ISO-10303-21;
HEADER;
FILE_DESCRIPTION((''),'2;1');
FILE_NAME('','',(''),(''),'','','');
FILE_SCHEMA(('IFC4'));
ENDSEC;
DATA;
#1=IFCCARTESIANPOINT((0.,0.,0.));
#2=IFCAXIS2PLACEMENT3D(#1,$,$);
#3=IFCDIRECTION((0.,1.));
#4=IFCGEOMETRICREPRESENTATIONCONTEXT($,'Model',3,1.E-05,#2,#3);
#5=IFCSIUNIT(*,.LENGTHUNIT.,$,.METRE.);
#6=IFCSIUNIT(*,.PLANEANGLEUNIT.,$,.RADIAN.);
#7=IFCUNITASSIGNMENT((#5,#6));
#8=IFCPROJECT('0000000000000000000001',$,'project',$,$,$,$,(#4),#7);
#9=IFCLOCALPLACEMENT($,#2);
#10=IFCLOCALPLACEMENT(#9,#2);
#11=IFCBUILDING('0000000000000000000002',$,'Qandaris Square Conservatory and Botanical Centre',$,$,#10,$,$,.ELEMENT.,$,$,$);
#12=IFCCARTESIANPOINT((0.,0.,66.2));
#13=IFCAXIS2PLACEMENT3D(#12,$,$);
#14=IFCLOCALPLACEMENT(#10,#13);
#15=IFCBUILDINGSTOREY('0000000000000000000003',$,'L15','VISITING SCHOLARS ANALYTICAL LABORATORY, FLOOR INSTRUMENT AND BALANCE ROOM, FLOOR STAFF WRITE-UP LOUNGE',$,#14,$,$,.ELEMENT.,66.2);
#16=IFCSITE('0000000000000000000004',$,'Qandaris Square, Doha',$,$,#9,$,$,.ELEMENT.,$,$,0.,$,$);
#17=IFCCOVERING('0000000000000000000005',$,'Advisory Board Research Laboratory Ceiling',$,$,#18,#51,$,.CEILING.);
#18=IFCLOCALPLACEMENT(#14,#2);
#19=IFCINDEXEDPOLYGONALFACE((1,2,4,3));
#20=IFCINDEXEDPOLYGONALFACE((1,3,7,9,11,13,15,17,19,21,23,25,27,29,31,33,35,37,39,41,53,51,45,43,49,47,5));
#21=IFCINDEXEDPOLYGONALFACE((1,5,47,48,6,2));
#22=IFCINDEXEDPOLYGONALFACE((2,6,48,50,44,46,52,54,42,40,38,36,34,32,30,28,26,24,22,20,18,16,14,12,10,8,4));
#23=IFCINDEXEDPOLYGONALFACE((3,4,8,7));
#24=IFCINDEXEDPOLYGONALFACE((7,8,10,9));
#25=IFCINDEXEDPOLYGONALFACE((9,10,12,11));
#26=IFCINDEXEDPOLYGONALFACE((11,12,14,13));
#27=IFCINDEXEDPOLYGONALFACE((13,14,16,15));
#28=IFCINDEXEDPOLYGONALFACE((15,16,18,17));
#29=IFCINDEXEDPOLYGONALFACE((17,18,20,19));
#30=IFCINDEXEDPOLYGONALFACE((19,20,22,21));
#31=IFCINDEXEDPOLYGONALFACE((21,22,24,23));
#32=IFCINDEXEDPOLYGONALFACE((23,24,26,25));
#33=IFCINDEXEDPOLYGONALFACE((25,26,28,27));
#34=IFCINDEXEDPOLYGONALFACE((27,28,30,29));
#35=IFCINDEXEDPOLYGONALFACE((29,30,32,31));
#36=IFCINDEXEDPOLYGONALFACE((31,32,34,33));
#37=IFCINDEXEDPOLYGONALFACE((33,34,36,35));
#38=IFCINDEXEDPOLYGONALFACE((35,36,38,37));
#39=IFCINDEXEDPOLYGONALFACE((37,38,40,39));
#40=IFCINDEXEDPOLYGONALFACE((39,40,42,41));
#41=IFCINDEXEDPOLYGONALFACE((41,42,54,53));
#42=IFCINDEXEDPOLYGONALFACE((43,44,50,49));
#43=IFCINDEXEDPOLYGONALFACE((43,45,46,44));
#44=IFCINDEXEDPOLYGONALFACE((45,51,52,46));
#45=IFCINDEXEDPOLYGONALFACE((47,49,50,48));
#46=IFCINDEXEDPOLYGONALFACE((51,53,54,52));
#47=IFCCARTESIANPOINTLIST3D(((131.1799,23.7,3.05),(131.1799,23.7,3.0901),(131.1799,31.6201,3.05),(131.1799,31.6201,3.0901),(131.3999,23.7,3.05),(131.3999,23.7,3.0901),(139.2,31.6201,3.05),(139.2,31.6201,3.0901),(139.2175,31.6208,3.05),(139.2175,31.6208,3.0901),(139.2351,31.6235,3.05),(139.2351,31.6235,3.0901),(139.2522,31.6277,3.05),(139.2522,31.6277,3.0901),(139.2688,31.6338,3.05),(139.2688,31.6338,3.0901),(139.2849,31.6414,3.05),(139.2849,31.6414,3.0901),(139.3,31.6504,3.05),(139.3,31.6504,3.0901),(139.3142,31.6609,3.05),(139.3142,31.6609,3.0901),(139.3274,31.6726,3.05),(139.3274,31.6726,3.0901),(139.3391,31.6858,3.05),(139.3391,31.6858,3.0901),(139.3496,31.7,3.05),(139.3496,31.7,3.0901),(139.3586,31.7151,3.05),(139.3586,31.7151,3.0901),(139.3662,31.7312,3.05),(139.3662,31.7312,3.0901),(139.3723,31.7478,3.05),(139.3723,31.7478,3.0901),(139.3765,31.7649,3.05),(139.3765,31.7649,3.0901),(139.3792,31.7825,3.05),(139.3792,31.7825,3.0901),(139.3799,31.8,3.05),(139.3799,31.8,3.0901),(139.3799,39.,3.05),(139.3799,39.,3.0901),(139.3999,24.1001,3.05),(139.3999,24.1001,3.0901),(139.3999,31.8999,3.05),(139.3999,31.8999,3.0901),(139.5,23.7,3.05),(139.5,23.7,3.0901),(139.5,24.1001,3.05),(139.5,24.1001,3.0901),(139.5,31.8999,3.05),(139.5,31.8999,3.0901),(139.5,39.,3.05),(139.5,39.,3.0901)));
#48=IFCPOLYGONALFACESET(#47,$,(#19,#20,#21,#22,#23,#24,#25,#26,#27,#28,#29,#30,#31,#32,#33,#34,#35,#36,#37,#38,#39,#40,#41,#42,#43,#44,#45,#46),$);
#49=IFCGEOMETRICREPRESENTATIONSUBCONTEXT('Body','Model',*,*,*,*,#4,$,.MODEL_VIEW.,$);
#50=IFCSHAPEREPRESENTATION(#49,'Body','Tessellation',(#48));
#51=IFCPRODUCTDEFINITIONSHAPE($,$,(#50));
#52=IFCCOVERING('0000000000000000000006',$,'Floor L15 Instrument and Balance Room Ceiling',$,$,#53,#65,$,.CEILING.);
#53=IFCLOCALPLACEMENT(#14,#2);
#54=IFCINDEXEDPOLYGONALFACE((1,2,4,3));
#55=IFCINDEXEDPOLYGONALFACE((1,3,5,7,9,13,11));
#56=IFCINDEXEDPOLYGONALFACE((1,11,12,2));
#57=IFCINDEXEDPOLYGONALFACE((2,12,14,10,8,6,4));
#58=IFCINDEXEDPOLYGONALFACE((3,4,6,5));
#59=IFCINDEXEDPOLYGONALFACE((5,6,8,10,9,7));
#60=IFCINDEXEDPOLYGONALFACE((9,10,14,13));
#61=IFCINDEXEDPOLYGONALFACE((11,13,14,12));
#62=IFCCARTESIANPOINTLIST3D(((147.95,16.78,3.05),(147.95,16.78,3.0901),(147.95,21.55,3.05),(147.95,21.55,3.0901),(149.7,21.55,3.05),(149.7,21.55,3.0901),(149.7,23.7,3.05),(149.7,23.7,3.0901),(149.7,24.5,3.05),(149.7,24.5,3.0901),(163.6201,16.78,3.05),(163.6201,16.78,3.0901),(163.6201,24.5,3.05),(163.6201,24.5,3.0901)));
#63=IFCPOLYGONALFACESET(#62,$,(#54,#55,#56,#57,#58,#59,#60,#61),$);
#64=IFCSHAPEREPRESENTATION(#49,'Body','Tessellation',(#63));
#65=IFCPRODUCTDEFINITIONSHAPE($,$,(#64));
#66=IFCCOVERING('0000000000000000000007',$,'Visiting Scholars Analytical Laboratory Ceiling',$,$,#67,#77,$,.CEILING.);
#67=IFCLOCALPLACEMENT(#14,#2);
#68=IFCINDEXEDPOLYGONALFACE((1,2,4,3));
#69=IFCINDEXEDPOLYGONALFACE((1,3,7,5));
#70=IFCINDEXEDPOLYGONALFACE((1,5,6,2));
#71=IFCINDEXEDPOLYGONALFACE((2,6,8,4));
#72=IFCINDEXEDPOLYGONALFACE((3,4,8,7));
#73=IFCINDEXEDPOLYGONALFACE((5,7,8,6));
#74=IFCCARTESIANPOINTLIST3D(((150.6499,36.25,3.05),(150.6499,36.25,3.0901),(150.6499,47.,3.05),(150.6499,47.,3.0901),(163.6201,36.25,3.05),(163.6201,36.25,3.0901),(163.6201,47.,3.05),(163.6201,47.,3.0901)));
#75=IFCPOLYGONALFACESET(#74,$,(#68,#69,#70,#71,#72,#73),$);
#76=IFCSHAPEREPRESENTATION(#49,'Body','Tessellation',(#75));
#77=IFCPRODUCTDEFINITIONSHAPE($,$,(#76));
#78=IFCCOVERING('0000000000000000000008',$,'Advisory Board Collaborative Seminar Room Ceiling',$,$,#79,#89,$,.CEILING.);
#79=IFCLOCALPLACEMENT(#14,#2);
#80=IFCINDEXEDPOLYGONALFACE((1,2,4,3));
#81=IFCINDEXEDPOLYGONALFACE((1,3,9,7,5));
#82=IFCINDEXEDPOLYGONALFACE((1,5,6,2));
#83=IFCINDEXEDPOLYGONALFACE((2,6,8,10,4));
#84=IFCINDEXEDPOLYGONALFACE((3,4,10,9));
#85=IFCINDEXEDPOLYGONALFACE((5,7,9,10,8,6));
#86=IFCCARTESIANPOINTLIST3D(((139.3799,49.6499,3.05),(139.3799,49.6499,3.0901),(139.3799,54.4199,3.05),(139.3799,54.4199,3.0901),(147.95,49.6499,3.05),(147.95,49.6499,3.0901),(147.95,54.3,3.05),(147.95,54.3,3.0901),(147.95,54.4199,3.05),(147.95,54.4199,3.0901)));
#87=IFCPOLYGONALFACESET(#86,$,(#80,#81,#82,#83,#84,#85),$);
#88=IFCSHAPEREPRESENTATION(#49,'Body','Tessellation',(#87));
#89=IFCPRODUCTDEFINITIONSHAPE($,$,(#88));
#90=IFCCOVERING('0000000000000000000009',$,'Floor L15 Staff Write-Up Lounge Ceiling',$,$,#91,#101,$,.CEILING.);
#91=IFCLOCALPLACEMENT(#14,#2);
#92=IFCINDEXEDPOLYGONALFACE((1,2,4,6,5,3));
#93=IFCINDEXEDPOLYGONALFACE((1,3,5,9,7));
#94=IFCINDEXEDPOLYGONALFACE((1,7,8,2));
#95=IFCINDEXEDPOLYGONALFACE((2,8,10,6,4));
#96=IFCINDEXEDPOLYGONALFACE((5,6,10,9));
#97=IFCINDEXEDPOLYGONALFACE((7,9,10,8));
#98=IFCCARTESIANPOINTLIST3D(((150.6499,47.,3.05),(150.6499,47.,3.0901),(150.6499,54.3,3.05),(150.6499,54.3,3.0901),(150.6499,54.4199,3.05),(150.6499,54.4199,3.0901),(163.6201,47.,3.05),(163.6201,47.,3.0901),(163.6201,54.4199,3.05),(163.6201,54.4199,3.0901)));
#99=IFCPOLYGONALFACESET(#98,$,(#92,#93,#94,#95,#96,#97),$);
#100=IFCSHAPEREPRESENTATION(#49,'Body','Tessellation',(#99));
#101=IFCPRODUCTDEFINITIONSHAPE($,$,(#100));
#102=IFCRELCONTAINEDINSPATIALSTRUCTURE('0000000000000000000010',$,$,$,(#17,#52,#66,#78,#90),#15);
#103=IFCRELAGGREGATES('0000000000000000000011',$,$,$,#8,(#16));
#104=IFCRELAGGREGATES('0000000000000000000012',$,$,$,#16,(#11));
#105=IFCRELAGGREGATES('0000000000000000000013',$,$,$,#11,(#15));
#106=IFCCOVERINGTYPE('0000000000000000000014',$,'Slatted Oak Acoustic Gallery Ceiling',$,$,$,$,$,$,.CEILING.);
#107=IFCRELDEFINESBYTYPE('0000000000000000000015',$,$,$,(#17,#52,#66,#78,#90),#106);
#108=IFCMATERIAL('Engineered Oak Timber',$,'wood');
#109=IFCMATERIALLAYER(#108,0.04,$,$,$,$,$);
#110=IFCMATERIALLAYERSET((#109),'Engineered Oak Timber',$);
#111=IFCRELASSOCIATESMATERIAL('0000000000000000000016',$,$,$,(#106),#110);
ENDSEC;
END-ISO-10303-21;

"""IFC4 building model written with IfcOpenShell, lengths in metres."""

from ifc_helpers import new_model, si_unit, direction, frame, origin, place, context, subcontext, project, spatial, polyline, outline, extrude, material, layer, layer_set, type_object, element, save


model = new_model("IFC4")

# Units and contexts
model_context = context("Model", 3, precision=1e-05, world=origin(), true_north=direction((0.0, 1.0)))
body_context = subcontext(model_context, "Body", "Model", "MODEL_VIEW")
ifc_project = project(units=[si_unit("LENGTHUNIT", "METRE"), si_unit("PLANEANGLEUNIT", "RADIAN")], contexts=[model_context])

# Site, building, storey
site_placement = place(None, origin())
site = spatial("IfcSite", under=ifc_project, at=site_placement, Name="Qandaris Square, Doha", CompositionType="ELEMENT", RefElevation=0.0)
building_placement = place(site_placement, origin())
building = spatial("IfcBuilding", under=site, at=building_placement, Name="Qandaris Square Conservatory and Botanical Centre", CompositionType="ELEMENT")
storey_placement = place(building_placement, frame((0.0, 0.0, 66.2)))
storey = spatial("IfcBuildingStorey", under=building, at=storey_placement, Name="L15", Description="VISITING SCHOLARS ANALYTICAL LABORATORY, FLOOR INSTRUMENT AND BALANCE ROOM, FLOOR STAFF WRITE-UP LOUNGE", CompositionType="ELEMENT", Elevation=66.2)

# Coverings
ifc_material_1 = material(Name="Engineered Oak Timber", Category="wood")
ifc_layer_1 = layer(ifc_material_1, 0.04)
ifc_layer_set_1 = layer_set([ifc_layer_1], Name="Engineered Oak Timber")
covering_type_1 = type_object("IfcCoveringType", Name="Slatted Oak Acoustic Gallery Ceiling", PredefinedType="CEILING", material=ifc_layer_set_1)
covering_1_placement = place(storey_placement, frame((0.0, 0.0, 3.05)))
element("IfcCovering", 1, at=covering_1_placement, inside=storey, type_object=covering_type_1, Name="Advisory Board Research Laboratory Ceiling", PredefinedType="CEILING", context=body_context, shape_type="SweptSolid", body=[
    extrude(outline(polyline([(139.2351, 31.6235), (139.2522, 31.6277), (139.2688, 31.6338), (139.2849, 31.6414), (139.3, 31.6504), (139.3142, 31.6609), (139.3274, 31.6726), (139.3391, 31.6858), (139.3496, 31.7), (139.3586, 31.7151), (139.3662, 31.7312), (139.3723, 31.7478), (139.3765, 31.7649), (139.3792, 31.7825), (139.3799, 31.8), (139.3799, 39.0), (139.5, 39.0), (139.5, 31.8999), (139.3999, 31.8999), (139.3999, 24.1001), (139.5, 24.1001), (139.5, 23.7), (131.3999, 23.7), (131.1799, 23.7), (131.1799, 31.6201), (139.2, 31.6201), (139.2175, 31.6208), (139.2351, 31.6235)])), origin(), (0.0, 0.0, 1.0), 0.04),
])
covering_2_placement = place(storey_placement, frame((0.0, 0.0, 3.05)))
element("IfcCovering", 2, at=covering_2_placement, inside=storey, type_object=covering_type_1, Name="Floor L15 Instrument and Balance Room Ceiling", PredefinedType="CEILING", context=body_context, shape_type="SweptSolid", body=[
    extrude(outline(polyline([(149.7, 24.5), (163.6201, 24.5), (163.6201, 16.78), (147.95, 16.78), (147.95, 21.55), (149.7, 21.55), (149.7, 23.7), (149.7, 24.5)])), origin(), (0.0, 0.0, 1.0), 0.04),
])
covering_3_placement = place(storey_placement, frame((0.0, 0.0, 3.05)))
element("IfcCovering", 3, at=covering_3_placement, inside=storey, type_object=covering_type_1, Name="Visiting Scholars Analytical Laboratory Ceiling", PredefinedType="CEILING", context=body_context, shape_type="SweptSolid", body=[
    extrude(outline(polyline([(163.6201, 36.25), (150.6499, 36.25), (150.6499, 47.0), (163.6201, 47.0), (163.6201, 36.25)])), origin(), (0.0, 0.0, 1.0), 0.04),
])
covering_4_placement = place(storey_placement, frame((0.0, 0.0, 3.05)))
element("IfcCovering", 4, at=covering_4_placement, inside=storey, type_object=covering_type_1, Name="Advisory Board Collaborative Seminar Room Ceiling", PredefinedType="CEILING", context=body_context, shape_type="SweptSolid", body=[
    extrude(outline(polyline([(139.3799, 54.4199), (147.95, 54.4199), (147.95, 54.3), (147.95, 49.6499), (139.3799, 49.6499), (139.3799, 54.4199)])), origin(), (0.0, 0.0, 1.0), 0.04),
])
covering_5_placement = place(storey_placement, frame((0.0, 0.0, 3.05)))
element("IfcCovering", 5, at=covering_5_placement, inside=storey, type_object=covering_type_1, Name="Floor L15 Staff Write-Up Lounge Ceiling", PredefinedType="CEILING", context=body_context, shape_type="SweptSolid", body=[
    extrude(outline(polyline([(163.6201, 54.4199), (163.6201, 47.0), (150.6499, 47.0), (150.6499, 54.3), (150.6499, 54.4199), (163.6201, 54.4199)])), origin(), (0.0, 0.0, 1.0), 0.04),
])

save(model, "model.ifc")
